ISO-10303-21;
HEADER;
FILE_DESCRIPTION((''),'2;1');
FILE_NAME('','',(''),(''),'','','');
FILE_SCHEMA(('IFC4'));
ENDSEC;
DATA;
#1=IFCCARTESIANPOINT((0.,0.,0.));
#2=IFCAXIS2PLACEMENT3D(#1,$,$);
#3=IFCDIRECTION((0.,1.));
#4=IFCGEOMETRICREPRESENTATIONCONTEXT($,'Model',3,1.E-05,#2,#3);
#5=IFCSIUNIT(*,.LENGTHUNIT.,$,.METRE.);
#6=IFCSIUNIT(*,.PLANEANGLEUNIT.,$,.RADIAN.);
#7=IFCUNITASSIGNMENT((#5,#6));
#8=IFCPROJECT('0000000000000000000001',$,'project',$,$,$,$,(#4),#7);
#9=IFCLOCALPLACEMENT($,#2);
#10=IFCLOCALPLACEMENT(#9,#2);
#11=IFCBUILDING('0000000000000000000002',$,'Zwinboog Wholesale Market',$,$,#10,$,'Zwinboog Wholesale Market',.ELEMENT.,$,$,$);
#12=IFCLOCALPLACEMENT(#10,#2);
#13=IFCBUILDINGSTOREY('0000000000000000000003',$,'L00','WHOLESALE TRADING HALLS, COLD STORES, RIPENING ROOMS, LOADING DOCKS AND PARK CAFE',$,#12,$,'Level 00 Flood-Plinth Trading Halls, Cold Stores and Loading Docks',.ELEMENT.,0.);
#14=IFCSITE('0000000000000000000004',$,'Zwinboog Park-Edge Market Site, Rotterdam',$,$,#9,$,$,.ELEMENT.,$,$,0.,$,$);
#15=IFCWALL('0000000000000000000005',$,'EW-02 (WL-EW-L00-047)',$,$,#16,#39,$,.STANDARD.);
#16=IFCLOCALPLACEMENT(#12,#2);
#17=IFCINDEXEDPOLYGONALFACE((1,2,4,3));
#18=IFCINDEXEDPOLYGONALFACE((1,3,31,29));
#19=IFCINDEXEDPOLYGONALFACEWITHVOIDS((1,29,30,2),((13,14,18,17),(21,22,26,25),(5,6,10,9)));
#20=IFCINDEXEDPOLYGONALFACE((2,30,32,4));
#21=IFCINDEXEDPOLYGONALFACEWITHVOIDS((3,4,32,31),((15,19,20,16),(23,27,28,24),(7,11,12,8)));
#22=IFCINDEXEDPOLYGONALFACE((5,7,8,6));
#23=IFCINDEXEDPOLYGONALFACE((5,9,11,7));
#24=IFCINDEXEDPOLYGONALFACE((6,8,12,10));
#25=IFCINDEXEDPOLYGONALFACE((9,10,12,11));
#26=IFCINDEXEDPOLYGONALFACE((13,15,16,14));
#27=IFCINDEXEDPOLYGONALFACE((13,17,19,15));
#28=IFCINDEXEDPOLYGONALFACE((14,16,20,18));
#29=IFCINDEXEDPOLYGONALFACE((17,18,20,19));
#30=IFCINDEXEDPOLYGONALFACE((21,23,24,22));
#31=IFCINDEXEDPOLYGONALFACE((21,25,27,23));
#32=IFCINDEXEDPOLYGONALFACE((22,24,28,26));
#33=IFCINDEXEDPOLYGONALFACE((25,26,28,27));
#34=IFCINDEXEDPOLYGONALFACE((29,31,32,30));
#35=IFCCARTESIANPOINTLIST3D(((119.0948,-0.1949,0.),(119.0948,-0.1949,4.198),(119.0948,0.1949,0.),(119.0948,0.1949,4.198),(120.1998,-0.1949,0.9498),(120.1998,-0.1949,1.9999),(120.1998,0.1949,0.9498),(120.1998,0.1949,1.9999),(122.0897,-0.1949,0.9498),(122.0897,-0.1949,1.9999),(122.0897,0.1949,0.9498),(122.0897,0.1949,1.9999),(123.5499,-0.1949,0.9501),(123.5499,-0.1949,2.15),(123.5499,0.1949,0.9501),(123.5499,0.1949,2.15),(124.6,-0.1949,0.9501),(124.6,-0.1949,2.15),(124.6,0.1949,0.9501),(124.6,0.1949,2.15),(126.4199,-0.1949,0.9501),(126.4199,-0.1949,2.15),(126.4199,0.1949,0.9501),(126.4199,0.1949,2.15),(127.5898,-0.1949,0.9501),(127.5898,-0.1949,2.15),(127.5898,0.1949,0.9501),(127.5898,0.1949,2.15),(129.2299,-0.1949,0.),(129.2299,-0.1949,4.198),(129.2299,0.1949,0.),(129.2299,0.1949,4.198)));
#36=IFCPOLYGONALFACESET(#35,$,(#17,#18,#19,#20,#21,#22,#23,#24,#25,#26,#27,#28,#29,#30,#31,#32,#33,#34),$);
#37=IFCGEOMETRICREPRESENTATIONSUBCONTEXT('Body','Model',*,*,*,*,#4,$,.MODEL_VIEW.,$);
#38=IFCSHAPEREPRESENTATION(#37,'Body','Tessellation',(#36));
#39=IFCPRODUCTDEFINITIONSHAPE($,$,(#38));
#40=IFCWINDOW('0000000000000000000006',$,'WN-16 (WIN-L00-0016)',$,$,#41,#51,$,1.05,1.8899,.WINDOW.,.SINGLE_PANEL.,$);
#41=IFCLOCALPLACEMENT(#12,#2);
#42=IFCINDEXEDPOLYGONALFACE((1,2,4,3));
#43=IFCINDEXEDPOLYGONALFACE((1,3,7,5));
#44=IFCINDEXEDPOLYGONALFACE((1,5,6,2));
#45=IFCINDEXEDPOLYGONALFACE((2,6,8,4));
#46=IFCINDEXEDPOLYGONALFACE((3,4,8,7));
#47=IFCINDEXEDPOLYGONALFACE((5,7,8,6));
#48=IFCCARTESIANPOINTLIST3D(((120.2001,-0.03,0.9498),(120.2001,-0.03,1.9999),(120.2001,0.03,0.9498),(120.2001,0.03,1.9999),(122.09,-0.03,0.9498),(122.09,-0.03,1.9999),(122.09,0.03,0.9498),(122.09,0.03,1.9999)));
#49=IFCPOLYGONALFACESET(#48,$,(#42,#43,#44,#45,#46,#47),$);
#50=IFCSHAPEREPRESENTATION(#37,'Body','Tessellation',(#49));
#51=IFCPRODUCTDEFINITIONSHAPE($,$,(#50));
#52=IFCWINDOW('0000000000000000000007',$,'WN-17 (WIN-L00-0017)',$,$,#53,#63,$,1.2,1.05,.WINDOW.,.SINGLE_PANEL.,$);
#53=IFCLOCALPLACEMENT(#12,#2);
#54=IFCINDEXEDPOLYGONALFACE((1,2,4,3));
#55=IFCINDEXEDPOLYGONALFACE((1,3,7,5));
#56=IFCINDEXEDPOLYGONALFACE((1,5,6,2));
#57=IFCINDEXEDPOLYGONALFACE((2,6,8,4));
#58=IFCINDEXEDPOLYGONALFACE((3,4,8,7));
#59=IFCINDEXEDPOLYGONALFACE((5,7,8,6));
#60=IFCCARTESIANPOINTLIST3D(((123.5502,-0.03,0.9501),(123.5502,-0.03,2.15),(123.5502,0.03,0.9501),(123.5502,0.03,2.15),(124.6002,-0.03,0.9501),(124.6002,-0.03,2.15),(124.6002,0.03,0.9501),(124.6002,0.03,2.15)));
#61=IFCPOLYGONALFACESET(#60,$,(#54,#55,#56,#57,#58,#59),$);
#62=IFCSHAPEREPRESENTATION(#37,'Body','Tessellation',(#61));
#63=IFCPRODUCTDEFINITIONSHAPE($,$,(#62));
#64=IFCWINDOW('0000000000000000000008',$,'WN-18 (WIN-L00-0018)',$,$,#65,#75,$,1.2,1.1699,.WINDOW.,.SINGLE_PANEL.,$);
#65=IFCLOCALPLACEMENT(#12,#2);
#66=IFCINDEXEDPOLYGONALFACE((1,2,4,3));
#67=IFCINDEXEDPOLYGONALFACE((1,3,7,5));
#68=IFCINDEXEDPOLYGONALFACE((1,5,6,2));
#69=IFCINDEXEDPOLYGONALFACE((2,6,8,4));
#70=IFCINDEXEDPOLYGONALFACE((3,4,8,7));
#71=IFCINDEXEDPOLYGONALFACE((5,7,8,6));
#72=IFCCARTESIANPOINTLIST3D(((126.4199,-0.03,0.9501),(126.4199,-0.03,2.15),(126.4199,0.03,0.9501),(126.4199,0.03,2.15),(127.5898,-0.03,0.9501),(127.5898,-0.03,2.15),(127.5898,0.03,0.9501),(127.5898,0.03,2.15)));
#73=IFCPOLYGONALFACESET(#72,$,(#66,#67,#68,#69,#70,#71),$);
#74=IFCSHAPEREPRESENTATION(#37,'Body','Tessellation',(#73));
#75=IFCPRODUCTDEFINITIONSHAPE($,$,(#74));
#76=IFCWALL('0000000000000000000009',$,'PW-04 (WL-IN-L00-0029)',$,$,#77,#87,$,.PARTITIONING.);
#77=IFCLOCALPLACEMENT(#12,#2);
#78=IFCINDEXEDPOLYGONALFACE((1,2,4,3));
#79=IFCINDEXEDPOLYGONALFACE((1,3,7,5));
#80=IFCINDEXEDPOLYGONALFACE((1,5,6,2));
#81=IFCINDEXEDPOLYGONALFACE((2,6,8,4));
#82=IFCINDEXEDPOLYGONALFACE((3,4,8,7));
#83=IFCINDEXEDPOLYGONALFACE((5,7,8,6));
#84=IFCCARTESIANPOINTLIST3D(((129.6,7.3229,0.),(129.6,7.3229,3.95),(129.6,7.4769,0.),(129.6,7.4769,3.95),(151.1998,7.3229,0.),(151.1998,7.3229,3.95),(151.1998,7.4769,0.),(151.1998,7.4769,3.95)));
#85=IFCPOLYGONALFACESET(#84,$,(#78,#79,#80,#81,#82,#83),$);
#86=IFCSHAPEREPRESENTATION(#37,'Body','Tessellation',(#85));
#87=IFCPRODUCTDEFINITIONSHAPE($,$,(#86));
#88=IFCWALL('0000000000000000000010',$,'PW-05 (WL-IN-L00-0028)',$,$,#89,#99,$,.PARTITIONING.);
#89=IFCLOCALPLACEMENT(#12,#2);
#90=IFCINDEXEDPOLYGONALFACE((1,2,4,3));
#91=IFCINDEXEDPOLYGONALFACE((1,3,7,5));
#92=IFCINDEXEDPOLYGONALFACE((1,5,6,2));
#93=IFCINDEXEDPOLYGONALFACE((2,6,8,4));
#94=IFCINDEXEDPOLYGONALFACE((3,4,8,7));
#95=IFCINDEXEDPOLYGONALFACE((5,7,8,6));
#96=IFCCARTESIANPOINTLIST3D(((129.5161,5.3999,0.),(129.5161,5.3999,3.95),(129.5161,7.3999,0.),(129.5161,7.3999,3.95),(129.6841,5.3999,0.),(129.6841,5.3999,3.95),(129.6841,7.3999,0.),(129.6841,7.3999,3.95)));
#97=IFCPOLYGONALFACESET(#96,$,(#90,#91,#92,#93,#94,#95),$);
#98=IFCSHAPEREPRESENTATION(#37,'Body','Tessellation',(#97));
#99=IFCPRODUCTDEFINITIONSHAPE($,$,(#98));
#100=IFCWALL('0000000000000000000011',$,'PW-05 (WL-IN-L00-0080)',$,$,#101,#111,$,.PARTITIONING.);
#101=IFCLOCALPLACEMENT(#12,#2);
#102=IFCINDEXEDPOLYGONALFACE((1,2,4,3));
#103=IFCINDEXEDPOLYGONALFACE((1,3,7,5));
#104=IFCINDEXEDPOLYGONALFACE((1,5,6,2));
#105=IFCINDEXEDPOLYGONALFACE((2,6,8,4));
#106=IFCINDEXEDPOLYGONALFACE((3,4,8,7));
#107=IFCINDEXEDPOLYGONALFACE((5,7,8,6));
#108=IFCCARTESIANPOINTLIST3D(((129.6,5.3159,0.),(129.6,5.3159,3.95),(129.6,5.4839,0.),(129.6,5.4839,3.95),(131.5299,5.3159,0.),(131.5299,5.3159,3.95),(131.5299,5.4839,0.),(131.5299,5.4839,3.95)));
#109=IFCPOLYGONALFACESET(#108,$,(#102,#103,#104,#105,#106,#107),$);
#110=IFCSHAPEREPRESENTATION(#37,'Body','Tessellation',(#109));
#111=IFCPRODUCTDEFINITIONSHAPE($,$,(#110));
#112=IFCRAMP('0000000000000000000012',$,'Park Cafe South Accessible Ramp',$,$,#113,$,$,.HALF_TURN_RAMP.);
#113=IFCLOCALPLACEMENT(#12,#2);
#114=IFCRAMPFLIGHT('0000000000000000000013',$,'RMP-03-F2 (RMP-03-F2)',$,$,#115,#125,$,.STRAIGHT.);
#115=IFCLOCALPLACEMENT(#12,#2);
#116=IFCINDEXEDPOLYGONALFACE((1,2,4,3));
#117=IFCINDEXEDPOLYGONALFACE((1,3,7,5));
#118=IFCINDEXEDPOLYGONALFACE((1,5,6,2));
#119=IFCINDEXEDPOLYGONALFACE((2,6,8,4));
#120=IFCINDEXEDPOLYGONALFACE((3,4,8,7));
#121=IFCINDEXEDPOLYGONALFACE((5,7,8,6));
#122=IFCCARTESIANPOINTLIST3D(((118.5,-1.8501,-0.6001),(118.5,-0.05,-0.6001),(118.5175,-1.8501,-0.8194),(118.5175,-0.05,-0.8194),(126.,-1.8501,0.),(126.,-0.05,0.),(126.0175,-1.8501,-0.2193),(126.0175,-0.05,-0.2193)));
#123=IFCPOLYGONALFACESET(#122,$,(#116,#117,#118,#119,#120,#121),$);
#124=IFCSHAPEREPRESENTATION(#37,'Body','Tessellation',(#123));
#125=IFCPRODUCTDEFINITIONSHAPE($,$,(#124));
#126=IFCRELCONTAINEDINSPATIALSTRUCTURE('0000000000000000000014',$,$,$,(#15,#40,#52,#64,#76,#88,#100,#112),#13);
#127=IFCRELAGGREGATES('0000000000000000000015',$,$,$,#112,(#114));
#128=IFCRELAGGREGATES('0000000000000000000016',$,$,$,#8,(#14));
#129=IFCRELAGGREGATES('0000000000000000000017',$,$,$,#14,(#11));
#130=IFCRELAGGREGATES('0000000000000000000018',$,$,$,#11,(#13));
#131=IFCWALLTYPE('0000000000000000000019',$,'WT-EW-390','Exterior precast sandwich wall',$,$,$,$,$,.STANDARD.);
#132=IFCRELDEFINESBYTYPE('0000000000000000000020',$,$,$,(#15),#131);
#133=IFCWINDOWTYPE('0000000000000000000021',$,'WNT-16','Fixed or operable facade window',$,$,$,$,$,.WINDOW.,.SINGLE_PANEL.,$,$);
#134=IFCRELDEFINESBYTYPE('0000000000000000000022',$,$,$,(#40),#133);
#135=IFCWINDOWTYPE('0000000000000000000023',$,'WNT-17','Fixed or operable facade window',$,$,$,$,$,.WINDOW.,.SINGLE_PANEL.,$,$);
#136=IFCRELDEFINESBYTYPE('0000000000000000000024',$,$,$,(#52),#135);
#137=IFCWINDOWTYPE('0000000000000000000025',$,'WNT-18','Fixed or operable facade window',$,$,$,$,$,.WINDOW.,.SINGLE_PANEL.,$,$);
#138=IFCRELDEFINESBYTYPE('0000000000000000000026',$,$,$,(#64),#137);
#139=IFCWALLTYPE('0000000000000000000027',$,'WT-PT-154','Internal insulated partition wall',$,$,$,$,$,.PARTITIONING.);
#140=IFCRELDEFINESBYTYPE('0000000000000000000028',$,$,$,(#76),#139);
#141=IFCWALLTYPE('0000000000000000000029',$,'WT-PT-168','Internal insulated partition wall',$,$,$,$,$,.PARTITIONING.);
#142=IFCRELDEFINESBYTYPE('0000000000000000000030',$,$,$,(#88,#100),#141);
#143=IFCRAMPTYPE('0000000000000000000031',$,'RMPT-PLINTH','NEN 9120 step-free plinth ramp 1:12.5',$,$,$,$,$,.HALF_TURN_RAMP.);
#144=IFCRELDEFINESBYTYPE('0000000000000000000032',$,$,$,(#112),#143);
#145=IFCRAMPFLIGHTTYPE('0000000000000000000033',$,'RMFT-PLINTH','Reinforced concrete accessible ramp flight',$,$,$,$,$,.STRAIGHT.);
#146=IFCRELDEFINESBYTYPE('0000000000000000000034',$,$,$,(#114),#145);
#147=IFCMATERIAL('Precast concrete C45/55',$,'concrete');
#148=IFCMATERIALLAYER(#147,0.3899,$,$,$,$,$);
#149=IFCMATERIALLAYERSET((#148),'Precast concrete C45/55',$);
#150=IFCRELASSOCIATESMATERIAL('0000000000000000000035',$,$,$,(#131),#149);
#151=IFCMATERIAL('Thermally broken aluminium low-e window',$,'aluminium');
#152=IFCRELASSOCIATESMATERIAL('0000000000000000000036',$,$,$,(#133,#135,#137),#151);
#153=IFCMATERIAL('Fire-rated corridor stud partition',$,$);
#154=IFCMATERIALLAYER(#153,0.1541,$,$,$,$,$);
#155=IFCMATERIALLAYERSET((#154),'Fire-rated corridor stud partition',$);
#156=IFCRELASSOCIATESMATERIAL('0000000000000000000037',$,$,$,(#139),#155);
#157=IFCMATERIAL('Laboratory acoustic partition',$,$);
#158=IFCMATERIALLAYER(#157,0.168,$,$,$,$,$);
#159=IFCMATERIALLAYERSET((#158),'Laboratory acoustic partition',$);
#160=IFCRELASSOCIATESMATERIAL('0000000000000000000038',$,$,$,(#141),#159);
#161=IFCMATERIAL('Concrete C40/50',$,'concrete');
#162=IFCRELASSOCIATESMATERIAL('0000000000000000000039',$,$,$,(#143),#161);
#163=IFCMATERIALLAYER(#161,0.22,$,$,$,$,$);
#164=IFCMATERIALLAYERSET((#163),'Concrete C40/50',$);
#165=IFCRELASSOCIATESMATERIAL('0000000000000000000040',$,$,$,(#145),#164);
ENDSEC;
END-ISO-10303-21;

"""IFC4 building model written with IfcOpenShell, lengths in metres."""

from ifc_helpers import new_model, si_unit, direction, frame, frame_2d, origin, place, context, subcontext, project, spatial, polyline, rectangle, outline, extrude, material, layer, layer_set, type_object, element, fill, aggregate, save


model = new_model("IFC4")

# Units and contexts
model_context = context("Model", 3, precision=1e-05, world=origin(), true_north=direction((0.0, 1.0)))
body_context = subcontext(model_context, "Body", "Model", "MODEL_VIEW")
ifc_project = project(units=[si_unit("LENGTHUNIT", "METRE"), si_unit("PLANEANGLEUNIT", "RADIAN")], contexts=[model_context])

# Site, building, storey
site_placement = place(None, origin())
site = spatial("IfcSite", under=ifc_project, at=site_placement, Name="Zwinboog Park-Edge Market Site, Rotterdam", CompositionType="ELEMENT", RefElevation=0.0)
building_placement = place(site_placement, origin())
building = spatial("IfcBuilding", under=site, at=building_placement, Name="Zwinboog Wholesale Market", LongName="Zwinboog Wholesale Market", CompositionType="ELEMENT")
storey_placement = place(building_placement, origin())
storey = spatial("IfcBuildingStorey", under=building, at=storey_placement, Name="L00", Description="WHOLESALE TRADING HALLS, COLD STORES, RIPENING ROOMS, LOADING DOCKS AND PARK CAFE", LongName="Level 00 Flood-Plinth Trading Halls, Cold Stores and Loading Docks", CompositionType="ELEMENT", Elevation=0.0)

# Shared definitions
ifc_material_1 = material(Name="Concrete C40/50", Category="concrete")

# Shared definitions
ifc_material_2 = material(Name="Precast concrete C45/55", Category="concrete")

# Wall, openings, windows
ifc_layer_1 = layer(ifc_material_2, 0.3899)
ifc_layer_set_1 = layer_set([ifc_layer_1], Name="Precast concrete C45/55")
wall_type_1 = type_object("IfcWallType", Name="WT-EW-390", Description="Exterior precast sandwich wall", PredefinedType="STANDARD", material=ifc_layer_set_1)
wall_1_placement = place(storey_placement, frame((119.095, 0.0, 0.0), z_axis=(0.0, 0.0, 1.0), x_axis=(1.0, 0.0, 0.0)))
wall_1 = element("IfcWall", 1, at=wall_1_placement, inside=storey, type_object=wall_type_1, Name="EW-02 (WL-EW-L00-047)", PredefinedType="STANDARD", context=body_context, shape_type="SweptSolid", body=[
    extrude(rectangle(XDim=10.135, YDim=0.3899, at=frame_2d((5.0674, 0.0))), origin(), (0.0, 0.0, 1.0), 4.198),
])
opening_1_placement = place(wall_1_placement, frame((1.105, 0.0, 0.95)))
opening_1 = element("IfcOpeningElement", 2, at=opening_1_placement, cuts=wall_1, PredefinedType="OPENING", context=body_context, shape_type="SweptSolid", body=[
    extrude(rectangle(XDim=1.8899, YDim=1.05, at=frame_2d((0.9448, 0.5249))), frame((0.0, 0.2048, 0.0), z_axis=(0.0, -1.0, 0.0), x_axis=(1.0, 0.0, 0.0)), (0.0, 0.0, 1.0), 0.4099),
])
opening_2_placement = place(wall_1_placement, frame((4.4551, 0.0, 0.95)))
opening_2 = element("IfcOpeningElement", 3, at=opening_2_placement, cuts=wall_1, PredefinedType="OPENING", context=body_context, shape_type="SweptSolid", body=[
    extrude(rectangle(XDim=1.05, YDim=1.2, at=frame_2d((0.5249, 0.6001))), frame((0.0, 0.2048, 0.0), z_axis=(0.0, -1.0, 0.0), x_axis=(1.0, 0.0, 0.0)), (0.0, 0.0, 1.0), 0.4099),
])
opening_3_placement = place(wall_1_placement, frame((7.325, 0.0, 0.95)))
opening_3 = element("IfcOpeningElement", 4, at=opening_3_placement, cuts=wall_1, PredefinedType="OPENING", context=body_context, shape_type="SweptSolid", body=[
    extrude(rectangle(XDim=1.1699, YDim=1.2, at=frame_2d((0.585, 0.6001))), frame((0.0, 0.2048, 0.0), z_axis=(0.0, -1.0, 0.0), x_axis=(1.0, 0.0, 0.0)), (0.0, 0.0, 1.0), 0.4099),
])
ifc_material_3 = material(Name="Thermally broken aluminium low-e window", Category="aluminium")
window_type_1 = type_object("IfcWindowType", Name="WNT-16", Description="Fixed or operable facade window", PartitioningType="SINGLE_PANEL", PredefinedType="WINDOW", material=ifc_material_3)
window_1_placement = place(opening_1_placement, frame((1.8899, 0.0, 0.0), z_axis=(0.0, 0.0, 1.0), x_axis=(-1.0, 0.0, 0.0)))
window_1 = element("IfcWindow", 5, at=window_1_placement, inside=storey, type_object=window_type_1, Name="WN-16 (WIN-L00-0016)", OverallHeight=1.05, OverallWidth=1.8899, PartitioningType="SINGLE_PANEL", PredefinedType="WINDOW", context=body_context, shape_type="SweptSolid", body=[
    extrude(rectangle(XDim=1.8899, YDim=1.05, at=frame_2d((0.9448, 0.5249))), frame((0.0, 0.03, 0.0), z_axis=(0.0, -1.0, 0.0), x_axis=(1.0, 0.0, 0.0)), (0.0, 0.0, 1.0), 0.0601),
])
fill(opening_1, window_1)
window_type_2 = type_object("IfcWindowType", Name="WNT-17", Description="Fixed or operable facade window", PartitioningType="SINGLE_PANEL", PredefinedType="WINDOW", material=ifc_material_3)
window_2_placement = place(opening_2_placement, frame((1.05, 0.0, 0.0), z_axis=(0.0, 0.0, 1.0), x_axis=(-1.0, 0.0, 0.0)))
window_2 = element("IfcWindow", 6, at=window_2_placement, inside=storey, type_object=window_type_2, Name="WN-17 (WIN-L00-0017)", OverallHeight=1.2, OverallWidth=1.05, PartitioningType="SINGLE_PANEL", PredefinedType="WINDOW", context=body_context, shape_type="SweptSolid", body=[
    extrude(rectangle(XDim=1.05, YDim=1.2, at=frame_2d((0.5249, 0.6001))), frame((0.0, 0.03, 0.0), z_axis=(0.0, -1.0, 0.0), x_axis=(1.0, 0.0, 0.0)), (0.0, 0.0, 1.0), 0.0601),
])
fill(opening_2, window_2)
window_type_3 = type_object("IfcWindowType", Name="WNT-18", Description="Fixed or operable facade window", PartitioningType="SINGLE_PANEL", PredefinedType="WINDOW", material=ifc_material_3)
window_3_placement = place(opening_3_placement, frame((1.1699, 0.0, 0.0), z_axis=(0.0, 0.0, 1.0), x_axis=(-1.0, 0.0, 0.0)))
window_3 = element("IfcWindow", 7, at=window_3_placement, inside=storey, type_object=window_type_3, Name="WN-18 (WIN-L00-0018)", OverallHeight=1.2, OverallWidth=1.1699, PartitioningType="SINGLE_PANEL", PredefinedType="WINDOW", context=body_context, shape_type="SweptSolid", body=[
    extrude(rectangle(XDim=1.1699, YDim=1.2, at=frame_2d((0.585, 0.6001))), frame((0.0, 0.03, 0.0), z_axis=(0.0, -1.0, 0.0), x_axis=(1.0, 0.0, 0.0)), (0.0, 0.0, 1.0), 0.0601),
])
fill(opening_3, window_3)

# Walls
ifc_material_4 = material(Name="Fire-rated corridor stud partition")
ifc_layer_2 = layer(ifc_material_4, 0.1541)
ifc_layer_set_2 = layer_set([ifc_layer_2], Name="Fire-rated corridor stud partition")
wall_type_2 = type_object("IfcWallType", Name="WT-PT-154", Description="Internal insulated partition wall", PredefinedType="PARTITIONING", material=ifc_layer_set_2)
wall_2_placement = place(storey_placement, frame((129.6001, 7.3999, 0.0), z_axis=(0.0, 0.0, 1.0), x_axis=(1.0, 0.0, 0.0)))
element("IfcWall", 8, at=wall_2_placement, inside=storey, type_object=wall_type_2, Name="PW-04 (WL-IN-L00-0029)", PredefinedType="PARTITIONING", context=body_context, shape_type="SweptSolid", body=[
    extrude(rectangle(XDim=21.5999, YDim=0.1541, at=frame_2d((10.7998, 0.0))), origin(), (0.0, 0.0, 1.0), 3.95),
])
ifc_material_5 = material(Name="Laboratory acoustic partition")
ifc_layer_3 = layer(ifc_material_5, 0.168)
ifc_layer_set_3 = layer_set([ifc_layer_3], Name="Laboratory acoustic partition")
wall_type_3 = type_object("IfcWallType", Name="WT-PT-168", Description="Internal insulated partition wall", PredefinedType="PARTITIONING", material=ifc_layer_set_3)
wall_3_placement = place(storey_placement, frame((129.6001, 5.3999, 0.0), z_axis=(0.0, 0.0, 1.0), x_axis=(0.0, 1.0, 0.0)))
element("IfcWall", 9, at=wall_3_placement, inside=storey, type_object=wall_type_3, Name="PW-05 (WL-IN-L00-0028)", PredefinedType="PARTITIONING", context=body_context, shape_type="SweptSolid", body=[
    extrude(rectangle(XDim=2.0, YDim=0.168, at=frame_2d((1.0, 0.0))), origin(), (0.0, 0.0, 1.0), 3.95),
])
wall_4_placement = place(storey_placement, frame((129.6001, 5.3999, 0.0), z_axis=(0.0, 0.0, 1.0), x_axis=(1.0, 0.0, 0.0)))
element("IfcWall", 10, at=wall_4_placement, inside=storey, type_object=wall_type_3, Name="PW-05 (WL-IN-L00-0080)", PredefinedType="PARTITIONING", context=body_context, shape_type="SweptSolid", body=[
    extrude(rectangle(XDim=1.9299, YDim=0.168, at=frame_2d((0.9648, 0.0))), origin(), (0.0, 0.0, 1.0), 3.95),
])

# Ramp, ramp flight
ramp_type = type_object("IfcRampType", Name="RMPT-PLINTH", Description="NEN 9120 step-free plinth ramp 1:12.5", PredefinedType="HALF_TURN_RAMP", material=ifc_material_1)
ramp_placement = place(storey_placement, origin())
ramp = element("IfcRamp", 11, at=ramp_placement, inside=storey, type_object=ramp_type, Name="Park Cafe South Accessible Ramp", PredefinedType="HALF_TURN_RAMP")
ifc_layer_4 = layer(ifc_material_1, 0.22)
ifc_layer_set_4 = layer_set([ifc_layer_4], Name="Concrete C40/50")
ramp_flight_type = type_object("IfcRampFlightType", Name="RMFT-PLINTH", Description="Reinforced concrete accessible ramp flight", PredefinedType="STRAIGHT", material=ifc_layer_set_4)
ramp_flight_placement = place(storey_placement, frame((118.5, -1.8501, -0.6001), z_axis=(-0.079758, 0.0, 0.996814), x_axis=(0.996814, 0.0, 0.079758)))
ramp_flight = element("IfcRampFlight", 12, at=ramp_flight_placement, type_object=ramp_flight_type, Name="RMP-03-F2 (RMP-03-F2)", PredefinedType="STRAIGHT", context=body_context, shape_type="SweptSolid", body=[
    extrude(outline(polyline([(0.0, 0.0), (7.524, 0.0), (7.524, 1.8), (0.0, 1.8), (0.0, 0.0)])), origin(), (0.0, 0.0, -1.0), 0.22),
])
aggregate(ramp, [ramp_flight])

save(model, "model.ifc")
